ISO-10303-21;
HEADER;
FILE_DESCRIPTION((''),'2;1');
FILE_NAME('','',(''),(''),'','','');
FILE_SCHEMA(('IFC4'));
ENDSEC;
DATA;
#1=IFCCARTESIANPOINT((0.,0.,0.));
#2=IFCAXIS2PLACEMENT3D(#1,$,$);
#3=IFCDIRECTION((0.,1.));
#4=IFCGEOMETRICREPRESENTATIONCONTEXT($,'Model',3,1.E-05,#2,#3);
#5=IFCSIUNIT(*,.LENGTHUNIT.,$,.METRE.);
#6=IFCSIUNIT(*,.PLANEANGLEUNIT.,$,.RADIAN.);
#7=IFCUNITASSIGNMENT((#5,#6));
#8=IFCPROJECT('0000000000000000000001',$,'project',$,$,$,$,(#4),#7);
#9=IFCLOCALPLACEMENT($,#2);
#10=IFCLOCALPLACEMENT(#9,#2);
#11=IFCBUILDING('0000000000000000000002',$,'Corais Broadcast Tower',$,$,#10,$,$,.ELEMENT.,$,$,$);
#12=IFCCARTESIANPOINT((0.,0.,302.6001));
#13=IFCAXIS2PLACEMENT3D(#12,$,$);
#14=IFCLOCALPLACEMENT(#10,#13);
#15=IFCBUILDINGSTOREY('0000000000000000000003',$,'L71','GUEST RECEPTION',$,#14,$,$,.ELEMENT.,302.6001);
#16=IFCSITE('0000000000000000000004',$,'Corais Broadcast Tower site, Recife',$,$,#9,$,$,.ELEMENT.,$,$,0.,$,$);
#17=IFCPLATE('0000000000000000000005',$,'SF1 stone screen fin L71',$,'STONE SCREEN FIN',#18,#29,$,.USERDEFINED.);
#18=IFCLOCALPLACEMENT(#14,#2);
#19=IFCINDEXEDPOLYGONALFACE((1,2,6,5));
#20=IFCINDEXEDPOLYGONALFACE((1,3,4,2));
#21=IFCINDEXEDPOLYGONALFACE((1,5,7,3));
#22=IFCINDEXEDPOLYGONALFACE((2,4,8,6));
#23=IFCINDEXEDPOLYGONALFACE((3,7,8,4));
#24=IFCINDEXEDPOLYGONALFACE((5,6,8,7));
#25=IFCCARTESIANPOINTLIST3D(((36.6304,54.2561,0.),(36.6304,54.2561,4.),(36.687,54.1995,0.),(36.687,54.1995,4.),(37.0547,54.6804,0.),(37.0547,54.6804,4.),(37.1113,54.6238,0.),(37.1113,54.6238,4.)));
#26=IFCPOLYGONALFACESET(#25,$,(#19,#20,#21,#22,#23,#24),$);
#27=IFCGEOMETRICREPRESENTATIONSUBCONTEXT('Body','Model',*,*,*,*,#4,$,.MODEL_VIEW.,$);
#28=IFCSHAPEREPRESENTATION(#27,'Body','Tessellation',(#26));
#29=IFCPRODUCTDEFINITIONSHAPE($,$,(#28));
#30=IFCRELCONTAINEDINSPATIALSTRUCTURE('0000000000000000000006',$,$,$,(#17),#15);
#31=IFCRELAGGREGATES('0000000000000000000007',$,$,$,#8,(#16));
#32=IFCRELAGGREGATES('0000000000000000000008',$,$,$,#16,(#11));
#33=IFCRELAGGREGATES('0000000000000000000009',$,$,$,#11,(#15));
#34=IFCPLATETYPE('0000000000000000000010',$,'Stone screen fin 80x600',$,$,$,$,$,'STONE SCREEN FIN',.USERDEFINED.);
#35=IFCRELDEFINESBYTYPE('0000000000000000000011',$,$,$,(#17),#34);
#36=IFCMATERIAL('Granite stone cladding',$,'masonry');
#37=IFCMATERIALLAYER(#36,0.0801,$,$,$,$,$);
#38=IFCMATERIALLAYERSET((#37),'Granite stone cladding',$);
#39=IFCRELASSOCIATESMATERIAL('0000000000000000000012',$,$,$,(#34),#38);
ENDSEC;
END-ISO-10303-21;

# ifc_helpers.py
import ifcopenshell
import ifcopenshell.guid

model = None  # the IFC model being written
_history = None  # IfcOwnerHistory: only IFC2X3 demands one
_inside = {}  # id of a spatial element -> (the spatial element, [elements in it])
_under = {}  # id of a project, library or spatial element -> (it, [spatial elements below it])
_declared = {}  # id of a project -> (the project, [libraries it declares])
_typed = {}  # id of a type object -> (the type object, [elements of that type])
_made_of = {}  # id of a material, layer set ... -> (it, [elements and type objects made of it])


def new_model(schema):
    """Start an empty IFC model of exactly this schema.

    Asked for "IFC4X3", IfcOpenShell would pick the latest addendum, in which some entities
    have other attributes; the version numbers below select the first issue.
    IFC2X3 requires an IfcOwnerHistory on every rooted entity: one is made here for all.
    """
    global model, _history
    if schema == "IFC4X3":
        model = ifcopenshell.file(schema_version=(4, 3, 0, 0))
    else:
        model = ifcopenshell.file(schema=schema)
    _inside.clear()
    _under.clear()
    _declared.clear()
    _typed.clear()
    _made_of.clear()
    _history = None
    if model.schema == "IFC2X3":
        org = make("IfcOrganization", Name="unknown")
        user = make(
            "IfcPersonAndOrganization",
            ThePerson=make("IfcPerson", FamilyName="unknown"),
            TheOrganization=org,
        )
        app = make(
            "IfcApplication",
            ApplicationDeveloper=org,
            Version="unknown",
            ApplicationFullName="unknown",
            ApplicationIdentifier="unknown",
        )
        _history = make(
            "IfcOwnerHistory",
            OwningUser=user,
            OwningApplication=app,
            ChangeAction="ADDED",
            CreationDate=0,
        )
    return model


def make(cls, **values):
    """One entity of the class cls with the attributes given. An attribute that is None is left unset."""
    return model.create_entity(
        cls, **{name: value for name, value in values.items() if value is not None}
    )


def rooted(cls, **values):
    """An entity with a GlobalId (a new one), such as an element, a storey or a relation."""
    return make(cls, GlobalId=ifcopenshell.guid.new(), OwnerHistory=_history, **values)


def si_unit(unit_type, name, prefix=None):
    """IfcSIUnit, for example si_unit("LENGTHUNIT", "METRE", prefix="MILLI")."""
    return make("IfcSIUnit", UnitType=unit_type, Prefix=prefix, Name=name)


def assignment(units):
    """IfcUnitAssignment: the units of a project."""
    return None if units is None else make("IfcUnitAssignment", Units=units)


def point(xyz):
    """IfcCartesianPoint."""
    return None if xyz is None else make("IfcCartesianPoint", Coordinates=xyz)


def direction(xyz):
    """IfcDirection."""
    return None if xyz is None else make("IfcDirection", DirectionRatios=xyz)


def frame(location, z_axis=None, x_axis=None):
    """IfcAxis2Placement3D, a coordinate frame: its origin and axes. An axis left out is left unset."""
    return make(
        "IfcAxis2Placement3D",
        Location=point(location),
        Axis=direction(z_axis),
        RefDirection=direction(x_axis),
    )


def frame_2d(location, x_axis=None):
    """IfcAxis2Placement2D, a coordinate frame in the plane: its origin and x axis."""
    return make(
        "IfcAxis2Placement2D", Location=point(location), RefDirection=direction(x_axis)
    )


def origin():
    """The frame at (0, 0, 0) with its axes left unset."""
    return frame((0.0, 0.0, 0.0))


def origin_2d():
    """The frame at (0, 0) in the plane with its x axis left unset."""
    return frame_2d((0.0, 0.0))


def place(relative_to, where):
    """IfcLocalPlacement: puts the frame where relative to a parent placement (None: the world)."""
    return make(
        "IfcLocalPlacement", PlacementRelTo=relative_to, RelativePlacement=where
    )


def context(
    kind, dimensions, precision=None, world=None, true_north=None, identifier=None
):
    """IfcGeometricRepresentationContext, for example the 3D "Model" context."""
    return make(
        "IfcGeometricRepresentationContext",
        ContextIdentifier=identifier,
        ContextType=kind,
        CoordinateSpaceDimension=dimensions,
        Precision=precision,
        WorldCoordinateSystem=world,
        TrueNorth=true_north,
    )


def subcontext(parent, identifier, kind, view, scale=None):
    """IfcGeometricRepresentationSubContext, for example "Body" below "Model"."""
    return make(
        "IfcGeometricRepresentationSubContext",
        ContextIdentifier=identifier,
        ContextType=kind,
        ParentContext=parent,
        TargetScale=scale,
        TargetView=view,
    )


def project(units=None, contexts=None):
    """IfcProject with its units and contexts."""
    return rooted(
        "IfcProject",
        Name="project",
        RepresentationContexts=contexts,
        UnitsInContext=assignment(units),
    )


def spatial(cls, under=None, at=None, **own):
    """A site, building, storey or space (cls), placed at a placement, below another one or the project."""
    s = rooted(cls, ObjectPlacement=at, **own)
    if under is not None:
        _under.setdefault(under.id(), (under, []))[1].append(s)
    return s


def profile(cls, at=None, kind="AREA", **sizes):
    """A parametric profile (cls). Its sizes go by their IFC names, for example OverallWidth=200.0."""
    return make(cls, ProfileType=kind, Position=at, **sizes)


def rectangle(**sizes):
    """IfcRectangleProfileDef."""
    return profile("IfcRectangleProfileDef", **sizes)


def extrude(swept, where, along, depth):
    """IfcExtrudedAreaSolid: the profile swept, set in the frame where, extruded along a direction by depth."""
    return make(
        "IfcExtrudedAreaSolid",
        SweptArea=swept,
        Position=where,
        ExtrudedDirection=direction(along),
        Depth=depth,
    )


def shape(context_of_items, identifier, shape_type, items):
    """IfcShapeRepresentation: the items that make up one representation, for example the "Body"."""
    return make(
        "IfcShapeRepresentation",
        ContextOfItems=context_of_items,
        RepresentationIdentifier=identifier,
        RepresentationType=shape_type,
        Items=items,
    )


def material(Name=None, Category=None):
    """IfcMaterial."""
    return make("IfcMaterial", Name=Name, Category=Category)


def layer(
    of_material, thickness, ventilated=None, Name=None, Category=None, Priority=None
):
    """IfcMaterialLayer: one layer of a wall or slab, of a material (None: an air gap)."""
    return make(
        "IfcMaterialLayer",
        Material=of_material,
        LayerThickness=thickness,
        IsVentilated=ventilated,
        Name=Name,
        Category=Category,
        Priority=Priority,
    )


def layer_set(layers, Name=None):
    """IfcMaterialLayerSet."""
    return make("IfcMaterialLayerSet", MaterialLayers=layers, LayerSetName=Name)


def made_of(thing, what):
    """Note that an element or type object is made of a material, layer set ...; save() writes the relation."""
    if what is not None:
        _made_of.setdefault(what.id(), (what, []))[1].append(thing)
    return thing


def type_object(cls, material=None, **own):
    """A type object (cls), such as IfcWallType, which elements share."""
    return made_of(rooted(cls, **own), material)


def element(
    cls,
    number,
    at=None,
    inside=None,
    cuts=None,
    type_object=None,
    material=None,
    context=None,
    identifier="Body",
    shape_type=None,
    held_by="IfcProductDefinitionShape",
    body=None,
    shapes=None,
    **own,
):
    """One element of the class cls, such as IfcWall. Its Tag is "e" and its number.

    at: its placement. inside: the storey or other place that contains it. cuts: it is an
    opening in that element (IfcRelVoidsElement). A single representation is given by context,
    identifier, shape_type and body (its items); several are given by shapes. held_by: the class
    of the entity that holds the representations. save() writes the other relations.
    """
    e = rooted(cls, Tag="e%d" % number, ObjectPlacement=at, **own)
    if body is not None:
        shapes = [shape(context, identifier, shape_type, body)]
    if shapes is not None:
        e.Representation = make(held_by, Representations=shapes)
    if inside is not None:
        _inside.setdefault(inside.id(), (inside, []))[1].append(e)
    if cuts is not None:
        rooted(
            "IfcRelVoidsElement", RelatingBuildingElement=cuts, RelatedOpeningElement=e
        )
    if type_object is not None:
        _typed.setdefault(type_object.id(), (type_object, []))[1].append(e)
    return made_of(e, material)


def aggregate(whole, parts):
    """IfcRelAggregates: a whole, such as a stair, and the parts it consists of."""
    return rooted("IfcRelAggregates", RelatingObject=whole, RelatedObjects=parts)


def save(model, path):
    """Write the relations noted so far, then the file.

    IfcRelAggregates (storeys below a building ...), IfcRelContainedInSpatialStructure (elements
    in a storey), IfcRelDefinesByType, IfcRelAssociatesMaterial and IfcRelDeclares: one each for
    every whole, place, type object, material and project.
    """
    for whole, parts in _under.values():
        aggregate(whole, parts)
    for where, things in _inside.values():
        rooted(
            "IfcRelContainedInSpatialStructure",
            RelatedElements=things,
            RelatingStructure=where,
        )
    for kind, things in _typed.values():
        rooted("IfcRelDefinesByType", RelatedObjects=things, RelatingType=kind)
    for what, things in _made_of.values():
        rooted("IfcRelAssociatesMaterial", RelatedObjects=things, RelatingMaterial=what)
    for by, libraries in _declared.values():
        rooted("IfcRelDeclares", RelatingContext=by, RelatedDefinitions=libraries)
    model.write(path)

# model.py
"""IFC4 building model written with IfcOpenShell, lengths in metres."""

from ifc_helpers import new_model, si_unit, direction, frame, origin, origin_2d, place, context, subcontext, project, spatial, rectangle, extrude, material, layer, layer_set, type_object, element, save


model = new_model("IFC4")

# Units and contexts
model_context = context("Model", 3, precision=1e-05, world=origin(), true_north=direction((0.0, 1.0)))
body_context = subcontext(model_context, "Body", "Model", "MODEL_VIEW")
ifc_project = project(units=[si_unit("LENGTHUNIT", "METRE"), si_unit("PLANEANGLEUNIT", "RADIAN")], contexts=[model_context])

# Site, building, storey
site_placement = place(None, origin())
site = spatial("IfcSite", under=ifc_project, at=site_placement, Name="Corais Broadcast Tower site, Recife", CompositionType="ELEMENT", RefElevation=0.0)
building_placement = place(site_placement, origin())
building = spatial("IfcBuilding", under=site, at=building_placement, Name="Corais Broadcast Tower", CompositionType="ELEMENT")
storey_placement = place(building_placement, frame((0.0, 0.0, 302.6001)))
storey = spatial("IfcBuildingStorey", under=building, at=storey_placement, Name="L71", Description="GUEST RECEPTION", CompositionType="ELEMENT", Elevation=302.6001)

# Plate
ifc_material_1 = material(Name="Granite stone cladding", Category="masonry")
ifc_layer_1 = layer(ifc_material_1, 0.0801)
ifc_layer_set_1 = layer_set([ifc_layer_1], Name="Granite stone cladding")
plate_type_1 = type_object("IfcPlateType", Name="Stone screen fin 80x600", ElementType="STONE SCREEN FIN", PredefinedType="USERDEFINED", material=ifc_layer_set_1)
plate_1_placement = place(storey_placement, frame((36.8708, 54.4399, 0.0), z_axis=(0.0, 0.0, 1.0), x_axis=(0.707107, -0.707107, 0.0)))
element("IfcPlate", 1, at=plate_1_placement, inside=storey, type_object=plate_type_1, Name="SF1 stone screen fin L71", ObjectType="STONE SCREEN FIN", PredefinedType="USERDEFINED", context=body_context, shape_type="SweptSolid", body=[
    extrude(rectangle(XDim=0.0801, YDim=0.6001, at=origin_2d()), origin(), (0.0, 0.0, 1.0), 4.0),
])

save(model, "model.ifc")
